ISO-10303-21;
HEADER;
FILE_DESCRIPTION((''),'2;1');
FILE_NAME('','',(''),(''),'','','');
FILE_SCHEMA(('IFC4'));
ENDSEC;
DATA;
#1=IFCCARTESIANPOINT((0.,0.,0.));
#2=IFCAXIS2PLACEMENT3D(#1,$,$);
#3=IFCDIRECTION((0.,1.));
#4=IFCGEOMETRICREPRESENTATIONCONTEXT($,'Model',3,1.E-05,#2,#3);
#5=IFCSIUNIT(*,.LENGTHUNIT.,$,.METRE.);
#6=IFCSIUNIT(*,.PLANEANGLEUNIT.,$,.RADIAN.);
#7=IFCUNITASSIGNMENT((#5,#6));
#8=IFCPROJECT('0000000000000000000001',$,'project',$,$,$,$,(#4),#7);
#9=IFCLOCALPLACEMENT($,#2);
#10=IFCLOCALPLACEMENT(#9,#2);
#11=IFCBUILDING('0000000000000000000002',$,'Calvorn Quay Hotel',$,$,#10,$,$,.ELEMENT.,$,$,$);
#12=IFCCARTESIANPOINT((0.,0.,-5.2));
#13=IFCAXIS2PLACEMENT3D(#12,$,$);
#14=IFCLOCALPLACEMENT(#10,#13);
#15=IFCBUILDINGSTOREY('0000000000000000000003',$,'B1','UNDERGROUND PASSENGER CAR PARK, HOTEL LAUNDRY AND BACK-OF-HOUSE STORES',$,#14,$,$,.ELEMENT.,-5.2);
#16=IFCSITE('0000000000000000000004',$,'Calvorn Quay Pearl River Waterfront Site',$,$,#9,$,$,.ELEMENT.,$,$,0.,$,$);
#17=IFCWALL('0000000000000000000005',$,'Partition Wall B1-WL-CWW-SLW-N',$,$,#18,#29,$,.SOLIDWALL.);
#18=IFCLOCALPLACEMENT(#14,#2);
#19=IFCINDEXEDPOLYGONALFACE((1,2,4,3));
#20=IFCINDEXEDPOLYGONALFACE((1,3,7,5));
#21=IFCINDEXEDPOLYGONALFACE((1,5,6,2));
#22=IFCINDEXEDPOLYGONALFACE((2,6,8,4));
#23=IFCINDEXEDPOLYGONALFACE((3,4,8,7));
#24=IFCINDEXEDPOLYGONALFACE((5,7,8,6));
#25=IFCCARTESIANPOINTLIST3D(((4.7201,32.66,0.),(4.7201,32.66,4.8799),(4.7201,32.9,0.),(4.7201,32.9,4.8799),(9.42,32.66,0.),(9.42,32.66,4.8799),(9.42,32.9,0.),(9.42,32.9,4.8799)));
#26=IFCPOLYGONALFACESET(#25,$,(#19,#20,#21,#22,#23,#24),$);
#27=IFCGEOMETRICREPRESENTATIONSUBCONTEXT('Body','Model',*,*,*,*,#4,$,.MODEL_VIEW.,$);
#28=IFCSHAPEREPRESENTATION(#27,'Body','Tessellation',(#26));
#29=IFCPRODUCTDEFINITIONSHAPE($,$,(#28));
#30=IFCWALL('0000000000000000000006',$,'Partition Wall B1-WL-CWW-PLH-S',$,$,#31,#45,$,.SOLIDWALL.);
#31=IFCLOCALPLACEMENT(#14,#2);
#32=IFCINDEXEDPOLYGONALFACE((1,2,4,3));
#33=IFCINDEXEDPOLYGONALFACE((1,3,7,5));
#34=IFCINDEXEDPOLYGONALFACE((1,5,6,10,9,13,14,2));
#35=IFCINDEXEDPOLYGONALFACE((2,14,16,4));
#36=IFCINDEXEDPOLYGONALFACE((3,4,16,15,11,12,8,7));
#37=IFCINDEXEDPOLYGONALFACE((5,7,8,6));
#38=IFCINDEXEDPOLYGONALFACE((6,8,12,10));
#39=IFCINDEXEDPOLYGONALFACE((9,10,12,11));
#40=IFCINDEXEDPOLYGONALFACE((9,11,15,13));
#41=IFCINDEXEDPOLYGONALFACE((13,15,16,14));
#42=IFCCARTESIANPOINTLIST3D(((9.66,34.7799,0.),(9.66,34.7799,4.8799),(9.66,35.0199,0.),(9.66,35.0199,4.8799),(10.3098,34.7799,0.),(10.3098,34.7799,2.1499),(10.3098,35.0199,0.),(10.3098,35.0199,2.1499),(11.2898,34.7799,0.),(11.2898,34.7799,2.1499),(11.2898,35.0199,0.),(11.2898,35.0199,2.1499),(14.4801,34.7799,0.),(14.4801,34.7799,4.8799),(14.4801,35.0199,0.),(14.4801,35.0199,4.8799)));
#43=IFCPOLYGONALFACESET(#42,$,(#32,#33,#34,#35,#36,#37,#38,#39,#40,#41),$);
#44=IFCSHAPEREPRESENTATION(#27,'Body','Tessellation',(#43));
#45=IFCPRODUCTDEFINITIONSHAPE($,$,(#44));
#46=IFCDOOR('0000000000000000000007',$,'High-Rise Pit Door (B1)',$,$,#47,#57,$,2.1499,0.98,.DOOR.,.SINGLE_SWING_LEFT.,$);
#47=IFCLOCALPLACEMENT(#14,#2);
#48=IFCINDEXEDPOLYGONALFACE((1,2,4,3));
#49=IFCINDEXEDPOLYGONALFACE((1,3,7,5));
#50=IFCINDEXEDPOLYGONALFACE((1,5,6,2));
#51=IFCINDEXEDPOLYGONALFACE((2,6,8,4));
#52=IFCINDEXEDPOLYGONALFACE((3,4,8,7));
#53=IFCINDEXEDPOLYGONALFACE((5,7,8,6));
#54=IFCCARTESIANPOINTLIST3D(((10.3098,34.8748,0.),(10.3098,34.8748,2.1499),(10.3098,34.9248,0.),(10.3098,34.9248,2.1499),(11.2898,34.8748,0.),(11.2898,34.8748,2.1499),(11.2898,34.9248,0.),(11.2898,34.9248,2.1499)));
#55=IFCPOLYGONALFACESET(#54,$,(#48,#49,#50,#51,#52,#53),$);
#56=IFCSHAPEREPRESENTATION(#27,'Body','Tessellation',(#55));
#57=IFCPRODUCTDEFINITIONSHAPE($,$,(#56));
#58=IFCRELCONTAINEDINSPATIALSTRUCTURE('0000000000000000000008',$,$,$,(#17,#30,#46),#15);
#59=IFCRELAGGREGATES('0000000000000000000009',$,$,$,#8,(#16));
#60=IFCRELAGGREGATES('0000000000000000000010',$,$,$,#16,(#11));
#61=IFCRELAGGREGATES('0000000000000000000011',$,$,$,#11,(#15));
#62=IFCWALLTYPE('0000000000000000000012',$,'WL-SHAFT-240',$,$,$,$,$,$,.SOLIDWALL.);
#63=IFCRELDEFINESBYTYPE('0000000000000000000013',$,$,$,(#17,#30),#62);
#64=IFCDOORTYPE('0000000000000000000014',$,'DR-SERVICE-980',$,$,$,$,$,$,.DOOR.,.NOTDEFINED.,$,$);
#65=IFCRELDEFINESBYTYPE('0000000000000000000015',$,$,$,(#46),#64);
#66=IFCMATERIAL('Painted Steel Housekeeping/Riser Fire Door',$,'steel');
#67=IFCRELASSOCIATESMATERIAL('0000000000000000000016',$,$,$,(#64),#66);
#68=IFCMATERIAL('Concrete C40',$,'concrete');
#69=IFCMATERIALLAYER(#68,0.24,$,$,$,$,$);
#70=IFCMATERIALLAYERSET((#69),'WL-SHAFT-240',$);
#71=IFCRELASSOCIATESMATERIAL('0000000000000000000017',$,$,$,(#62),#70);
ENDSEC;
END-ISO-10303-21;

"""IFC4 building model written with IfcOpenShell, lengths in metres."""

from ifc_helpers import new_model, si_unit, direction, frame, frame_2d, origin, place, context, subcontext, project, spatial, rectangle, extrude, material, layer, layer_set, type_object, element, fill, save


model = new_model("IFC4")

# Units and contexts
model_context = context("Model", 3, precision=1e-05, world=origin(), true_north=direction((0.0, 1.0)))
body_context = subcontext(model_context, "Body", "Model", "MODEL_VIEW")
ifc_project = project(units=[si_unit("LENGTHUNIT", "METRE"), si_unit("PLANEANGLEUNIT", "RADIAN")], contexts=[model_context])

# Site, building, storey
site_placement = place(None, origin())
site = spatial("IfcSite", under=ifc_project, at=site_placement, Name="Calvorn Quay Pearl River Waterfront Site", CompositionType="ELEMENT", RefElevation=0.0)
building_placement = place(site_placement, origin())
building = spatial("IfcBuilding", under=site, at=building_placement, Name="Calvorn Quay Hotel", CompositionType="ELEMENT")
storey_placement = place(building_placement, frame((0.0, 0.0, -5.2)))
storey = spatial("IfcBuildingStorey", under=building, at=storey_placement, Name="B1", Description="UNDERGROUND PASSENGER CAR PARK, HOTEL LAUNDRY AND BACK-OF-HOUSE STORES", CompositionType="ELEMENT", Elevation=-5.2)

# Shared definitions
ifc_material_1 = material(Name="Painted Steel Housekeeping/Riser Fire Door", Category="steel")
door_type_1 = type_object("IfcDoorType", Name="DR-SERVICE-980", OperationType="NOTDEFINED", PredefinedType="DOOR", material=ifc_material_1)
ifc_material_2 = material(Name="Concrete C40", Category="concrete")
ifc_layer_1 = layer(ifc_material_2, 0.24)
ifc_layer_set_1 = layer_set([ifc_layer_1], Name="WL-SHAFT-240")
wall_type_1 = type_object("IfcWallType", Name="WL-SHAFT-240", PredefinedType="SOLIDWALL", material=ifc_layer_set_1)

# Wall
wall_1_placement = place(storey_placement, frame((4.72, 32.78, 0.0), z_axis=(0.0, 0.0, 1.0), x_axis=(1.0, 0.0, 0.0)))
element("IfcWall", 1, at=wall_1_placement, inside=storey, type_object=wall_type_1, Name="Partition Wall B1-WL-CWW-SLW-N", PredefinedType="SOLIDWALL", context=body_context, shape_type="SweptSolid", body=[
    extrude(rectangle(XDim=4.7, YDim=0.24, at=frame_2d((2.3501, 0.0))), origin(), (0.0, 0.0, 1.0), 4.8799),
])

# Wall, opening, door
wall_2_placement = place(storey_placement, frame((9.6599, 34.8999, 0.0), z_axis=(0.0, 0.0, 1.0), x_axis=(1.0, 0.0, 0.0)))
wall_2 = element("IfcWall", 2, at=wall_2_placement, inside=storey, type_object=wall_type_1, Name="Partition Wall B1-WL-CWW-PLH-S", PredefinedType="SOLIDWALL", context=body_context, shape_type="SweptSolid", body=[
    extrude(rectangle(XDim=4.8201, YDim=0.24, at=frame_2d((2.4102, 0.0))), origin(), (0.0, 0.0, 1.0), 4.8799),
])
opening_1_placement = place(wall_2_placement, frame((0.6499, 0.0, 0.0)))
opening_1 = element("IfcOpeningElement", 3, at=opening_1_placement, cuts=wall_2, PredefinedType="OPENING", context=body_context, shape_type="SweptSolid", body=[
    extrude(rectangle(XDim=0.98, YDim=2.1499, at=frame_2d((0.49, 1.075))), frame((0.0, 0.1299, 0.0), z_axis=(0.0, -1.0, 0.0), x_axis=(1.0, 0.0, 0.0)), (0.0, 0.0, 1.0), 0.26),
])
door_1_placement = place(opening_1_placement, origin())
door_1 = element("IfcDoor", 4, at=door_1_placement, inside=storey, type_object=door_type_1, Name="High-Rise Pit Door (B1)", OperationType="SINGLE_SWING_LEFT", OverallHeight=2.1499, OverallWidth=0.98, PredefinedType="DOOR", context=body_context, shape_type="SweptSolid", body=[
    extrude(rectangle(XDim=0.98, YDim=2.1499, at=frame_2d((0.49, 1.075))), frame((0.0, 0.0249, 0.0), z_axis=(0.0, -1.0, 0.0), x_axis=(1.0, 0.0, 0.0)), (0.0, 0.0, 1.0), 0.05),
])
fill(opening_1, door_1)

save(model, "model.ifc")
